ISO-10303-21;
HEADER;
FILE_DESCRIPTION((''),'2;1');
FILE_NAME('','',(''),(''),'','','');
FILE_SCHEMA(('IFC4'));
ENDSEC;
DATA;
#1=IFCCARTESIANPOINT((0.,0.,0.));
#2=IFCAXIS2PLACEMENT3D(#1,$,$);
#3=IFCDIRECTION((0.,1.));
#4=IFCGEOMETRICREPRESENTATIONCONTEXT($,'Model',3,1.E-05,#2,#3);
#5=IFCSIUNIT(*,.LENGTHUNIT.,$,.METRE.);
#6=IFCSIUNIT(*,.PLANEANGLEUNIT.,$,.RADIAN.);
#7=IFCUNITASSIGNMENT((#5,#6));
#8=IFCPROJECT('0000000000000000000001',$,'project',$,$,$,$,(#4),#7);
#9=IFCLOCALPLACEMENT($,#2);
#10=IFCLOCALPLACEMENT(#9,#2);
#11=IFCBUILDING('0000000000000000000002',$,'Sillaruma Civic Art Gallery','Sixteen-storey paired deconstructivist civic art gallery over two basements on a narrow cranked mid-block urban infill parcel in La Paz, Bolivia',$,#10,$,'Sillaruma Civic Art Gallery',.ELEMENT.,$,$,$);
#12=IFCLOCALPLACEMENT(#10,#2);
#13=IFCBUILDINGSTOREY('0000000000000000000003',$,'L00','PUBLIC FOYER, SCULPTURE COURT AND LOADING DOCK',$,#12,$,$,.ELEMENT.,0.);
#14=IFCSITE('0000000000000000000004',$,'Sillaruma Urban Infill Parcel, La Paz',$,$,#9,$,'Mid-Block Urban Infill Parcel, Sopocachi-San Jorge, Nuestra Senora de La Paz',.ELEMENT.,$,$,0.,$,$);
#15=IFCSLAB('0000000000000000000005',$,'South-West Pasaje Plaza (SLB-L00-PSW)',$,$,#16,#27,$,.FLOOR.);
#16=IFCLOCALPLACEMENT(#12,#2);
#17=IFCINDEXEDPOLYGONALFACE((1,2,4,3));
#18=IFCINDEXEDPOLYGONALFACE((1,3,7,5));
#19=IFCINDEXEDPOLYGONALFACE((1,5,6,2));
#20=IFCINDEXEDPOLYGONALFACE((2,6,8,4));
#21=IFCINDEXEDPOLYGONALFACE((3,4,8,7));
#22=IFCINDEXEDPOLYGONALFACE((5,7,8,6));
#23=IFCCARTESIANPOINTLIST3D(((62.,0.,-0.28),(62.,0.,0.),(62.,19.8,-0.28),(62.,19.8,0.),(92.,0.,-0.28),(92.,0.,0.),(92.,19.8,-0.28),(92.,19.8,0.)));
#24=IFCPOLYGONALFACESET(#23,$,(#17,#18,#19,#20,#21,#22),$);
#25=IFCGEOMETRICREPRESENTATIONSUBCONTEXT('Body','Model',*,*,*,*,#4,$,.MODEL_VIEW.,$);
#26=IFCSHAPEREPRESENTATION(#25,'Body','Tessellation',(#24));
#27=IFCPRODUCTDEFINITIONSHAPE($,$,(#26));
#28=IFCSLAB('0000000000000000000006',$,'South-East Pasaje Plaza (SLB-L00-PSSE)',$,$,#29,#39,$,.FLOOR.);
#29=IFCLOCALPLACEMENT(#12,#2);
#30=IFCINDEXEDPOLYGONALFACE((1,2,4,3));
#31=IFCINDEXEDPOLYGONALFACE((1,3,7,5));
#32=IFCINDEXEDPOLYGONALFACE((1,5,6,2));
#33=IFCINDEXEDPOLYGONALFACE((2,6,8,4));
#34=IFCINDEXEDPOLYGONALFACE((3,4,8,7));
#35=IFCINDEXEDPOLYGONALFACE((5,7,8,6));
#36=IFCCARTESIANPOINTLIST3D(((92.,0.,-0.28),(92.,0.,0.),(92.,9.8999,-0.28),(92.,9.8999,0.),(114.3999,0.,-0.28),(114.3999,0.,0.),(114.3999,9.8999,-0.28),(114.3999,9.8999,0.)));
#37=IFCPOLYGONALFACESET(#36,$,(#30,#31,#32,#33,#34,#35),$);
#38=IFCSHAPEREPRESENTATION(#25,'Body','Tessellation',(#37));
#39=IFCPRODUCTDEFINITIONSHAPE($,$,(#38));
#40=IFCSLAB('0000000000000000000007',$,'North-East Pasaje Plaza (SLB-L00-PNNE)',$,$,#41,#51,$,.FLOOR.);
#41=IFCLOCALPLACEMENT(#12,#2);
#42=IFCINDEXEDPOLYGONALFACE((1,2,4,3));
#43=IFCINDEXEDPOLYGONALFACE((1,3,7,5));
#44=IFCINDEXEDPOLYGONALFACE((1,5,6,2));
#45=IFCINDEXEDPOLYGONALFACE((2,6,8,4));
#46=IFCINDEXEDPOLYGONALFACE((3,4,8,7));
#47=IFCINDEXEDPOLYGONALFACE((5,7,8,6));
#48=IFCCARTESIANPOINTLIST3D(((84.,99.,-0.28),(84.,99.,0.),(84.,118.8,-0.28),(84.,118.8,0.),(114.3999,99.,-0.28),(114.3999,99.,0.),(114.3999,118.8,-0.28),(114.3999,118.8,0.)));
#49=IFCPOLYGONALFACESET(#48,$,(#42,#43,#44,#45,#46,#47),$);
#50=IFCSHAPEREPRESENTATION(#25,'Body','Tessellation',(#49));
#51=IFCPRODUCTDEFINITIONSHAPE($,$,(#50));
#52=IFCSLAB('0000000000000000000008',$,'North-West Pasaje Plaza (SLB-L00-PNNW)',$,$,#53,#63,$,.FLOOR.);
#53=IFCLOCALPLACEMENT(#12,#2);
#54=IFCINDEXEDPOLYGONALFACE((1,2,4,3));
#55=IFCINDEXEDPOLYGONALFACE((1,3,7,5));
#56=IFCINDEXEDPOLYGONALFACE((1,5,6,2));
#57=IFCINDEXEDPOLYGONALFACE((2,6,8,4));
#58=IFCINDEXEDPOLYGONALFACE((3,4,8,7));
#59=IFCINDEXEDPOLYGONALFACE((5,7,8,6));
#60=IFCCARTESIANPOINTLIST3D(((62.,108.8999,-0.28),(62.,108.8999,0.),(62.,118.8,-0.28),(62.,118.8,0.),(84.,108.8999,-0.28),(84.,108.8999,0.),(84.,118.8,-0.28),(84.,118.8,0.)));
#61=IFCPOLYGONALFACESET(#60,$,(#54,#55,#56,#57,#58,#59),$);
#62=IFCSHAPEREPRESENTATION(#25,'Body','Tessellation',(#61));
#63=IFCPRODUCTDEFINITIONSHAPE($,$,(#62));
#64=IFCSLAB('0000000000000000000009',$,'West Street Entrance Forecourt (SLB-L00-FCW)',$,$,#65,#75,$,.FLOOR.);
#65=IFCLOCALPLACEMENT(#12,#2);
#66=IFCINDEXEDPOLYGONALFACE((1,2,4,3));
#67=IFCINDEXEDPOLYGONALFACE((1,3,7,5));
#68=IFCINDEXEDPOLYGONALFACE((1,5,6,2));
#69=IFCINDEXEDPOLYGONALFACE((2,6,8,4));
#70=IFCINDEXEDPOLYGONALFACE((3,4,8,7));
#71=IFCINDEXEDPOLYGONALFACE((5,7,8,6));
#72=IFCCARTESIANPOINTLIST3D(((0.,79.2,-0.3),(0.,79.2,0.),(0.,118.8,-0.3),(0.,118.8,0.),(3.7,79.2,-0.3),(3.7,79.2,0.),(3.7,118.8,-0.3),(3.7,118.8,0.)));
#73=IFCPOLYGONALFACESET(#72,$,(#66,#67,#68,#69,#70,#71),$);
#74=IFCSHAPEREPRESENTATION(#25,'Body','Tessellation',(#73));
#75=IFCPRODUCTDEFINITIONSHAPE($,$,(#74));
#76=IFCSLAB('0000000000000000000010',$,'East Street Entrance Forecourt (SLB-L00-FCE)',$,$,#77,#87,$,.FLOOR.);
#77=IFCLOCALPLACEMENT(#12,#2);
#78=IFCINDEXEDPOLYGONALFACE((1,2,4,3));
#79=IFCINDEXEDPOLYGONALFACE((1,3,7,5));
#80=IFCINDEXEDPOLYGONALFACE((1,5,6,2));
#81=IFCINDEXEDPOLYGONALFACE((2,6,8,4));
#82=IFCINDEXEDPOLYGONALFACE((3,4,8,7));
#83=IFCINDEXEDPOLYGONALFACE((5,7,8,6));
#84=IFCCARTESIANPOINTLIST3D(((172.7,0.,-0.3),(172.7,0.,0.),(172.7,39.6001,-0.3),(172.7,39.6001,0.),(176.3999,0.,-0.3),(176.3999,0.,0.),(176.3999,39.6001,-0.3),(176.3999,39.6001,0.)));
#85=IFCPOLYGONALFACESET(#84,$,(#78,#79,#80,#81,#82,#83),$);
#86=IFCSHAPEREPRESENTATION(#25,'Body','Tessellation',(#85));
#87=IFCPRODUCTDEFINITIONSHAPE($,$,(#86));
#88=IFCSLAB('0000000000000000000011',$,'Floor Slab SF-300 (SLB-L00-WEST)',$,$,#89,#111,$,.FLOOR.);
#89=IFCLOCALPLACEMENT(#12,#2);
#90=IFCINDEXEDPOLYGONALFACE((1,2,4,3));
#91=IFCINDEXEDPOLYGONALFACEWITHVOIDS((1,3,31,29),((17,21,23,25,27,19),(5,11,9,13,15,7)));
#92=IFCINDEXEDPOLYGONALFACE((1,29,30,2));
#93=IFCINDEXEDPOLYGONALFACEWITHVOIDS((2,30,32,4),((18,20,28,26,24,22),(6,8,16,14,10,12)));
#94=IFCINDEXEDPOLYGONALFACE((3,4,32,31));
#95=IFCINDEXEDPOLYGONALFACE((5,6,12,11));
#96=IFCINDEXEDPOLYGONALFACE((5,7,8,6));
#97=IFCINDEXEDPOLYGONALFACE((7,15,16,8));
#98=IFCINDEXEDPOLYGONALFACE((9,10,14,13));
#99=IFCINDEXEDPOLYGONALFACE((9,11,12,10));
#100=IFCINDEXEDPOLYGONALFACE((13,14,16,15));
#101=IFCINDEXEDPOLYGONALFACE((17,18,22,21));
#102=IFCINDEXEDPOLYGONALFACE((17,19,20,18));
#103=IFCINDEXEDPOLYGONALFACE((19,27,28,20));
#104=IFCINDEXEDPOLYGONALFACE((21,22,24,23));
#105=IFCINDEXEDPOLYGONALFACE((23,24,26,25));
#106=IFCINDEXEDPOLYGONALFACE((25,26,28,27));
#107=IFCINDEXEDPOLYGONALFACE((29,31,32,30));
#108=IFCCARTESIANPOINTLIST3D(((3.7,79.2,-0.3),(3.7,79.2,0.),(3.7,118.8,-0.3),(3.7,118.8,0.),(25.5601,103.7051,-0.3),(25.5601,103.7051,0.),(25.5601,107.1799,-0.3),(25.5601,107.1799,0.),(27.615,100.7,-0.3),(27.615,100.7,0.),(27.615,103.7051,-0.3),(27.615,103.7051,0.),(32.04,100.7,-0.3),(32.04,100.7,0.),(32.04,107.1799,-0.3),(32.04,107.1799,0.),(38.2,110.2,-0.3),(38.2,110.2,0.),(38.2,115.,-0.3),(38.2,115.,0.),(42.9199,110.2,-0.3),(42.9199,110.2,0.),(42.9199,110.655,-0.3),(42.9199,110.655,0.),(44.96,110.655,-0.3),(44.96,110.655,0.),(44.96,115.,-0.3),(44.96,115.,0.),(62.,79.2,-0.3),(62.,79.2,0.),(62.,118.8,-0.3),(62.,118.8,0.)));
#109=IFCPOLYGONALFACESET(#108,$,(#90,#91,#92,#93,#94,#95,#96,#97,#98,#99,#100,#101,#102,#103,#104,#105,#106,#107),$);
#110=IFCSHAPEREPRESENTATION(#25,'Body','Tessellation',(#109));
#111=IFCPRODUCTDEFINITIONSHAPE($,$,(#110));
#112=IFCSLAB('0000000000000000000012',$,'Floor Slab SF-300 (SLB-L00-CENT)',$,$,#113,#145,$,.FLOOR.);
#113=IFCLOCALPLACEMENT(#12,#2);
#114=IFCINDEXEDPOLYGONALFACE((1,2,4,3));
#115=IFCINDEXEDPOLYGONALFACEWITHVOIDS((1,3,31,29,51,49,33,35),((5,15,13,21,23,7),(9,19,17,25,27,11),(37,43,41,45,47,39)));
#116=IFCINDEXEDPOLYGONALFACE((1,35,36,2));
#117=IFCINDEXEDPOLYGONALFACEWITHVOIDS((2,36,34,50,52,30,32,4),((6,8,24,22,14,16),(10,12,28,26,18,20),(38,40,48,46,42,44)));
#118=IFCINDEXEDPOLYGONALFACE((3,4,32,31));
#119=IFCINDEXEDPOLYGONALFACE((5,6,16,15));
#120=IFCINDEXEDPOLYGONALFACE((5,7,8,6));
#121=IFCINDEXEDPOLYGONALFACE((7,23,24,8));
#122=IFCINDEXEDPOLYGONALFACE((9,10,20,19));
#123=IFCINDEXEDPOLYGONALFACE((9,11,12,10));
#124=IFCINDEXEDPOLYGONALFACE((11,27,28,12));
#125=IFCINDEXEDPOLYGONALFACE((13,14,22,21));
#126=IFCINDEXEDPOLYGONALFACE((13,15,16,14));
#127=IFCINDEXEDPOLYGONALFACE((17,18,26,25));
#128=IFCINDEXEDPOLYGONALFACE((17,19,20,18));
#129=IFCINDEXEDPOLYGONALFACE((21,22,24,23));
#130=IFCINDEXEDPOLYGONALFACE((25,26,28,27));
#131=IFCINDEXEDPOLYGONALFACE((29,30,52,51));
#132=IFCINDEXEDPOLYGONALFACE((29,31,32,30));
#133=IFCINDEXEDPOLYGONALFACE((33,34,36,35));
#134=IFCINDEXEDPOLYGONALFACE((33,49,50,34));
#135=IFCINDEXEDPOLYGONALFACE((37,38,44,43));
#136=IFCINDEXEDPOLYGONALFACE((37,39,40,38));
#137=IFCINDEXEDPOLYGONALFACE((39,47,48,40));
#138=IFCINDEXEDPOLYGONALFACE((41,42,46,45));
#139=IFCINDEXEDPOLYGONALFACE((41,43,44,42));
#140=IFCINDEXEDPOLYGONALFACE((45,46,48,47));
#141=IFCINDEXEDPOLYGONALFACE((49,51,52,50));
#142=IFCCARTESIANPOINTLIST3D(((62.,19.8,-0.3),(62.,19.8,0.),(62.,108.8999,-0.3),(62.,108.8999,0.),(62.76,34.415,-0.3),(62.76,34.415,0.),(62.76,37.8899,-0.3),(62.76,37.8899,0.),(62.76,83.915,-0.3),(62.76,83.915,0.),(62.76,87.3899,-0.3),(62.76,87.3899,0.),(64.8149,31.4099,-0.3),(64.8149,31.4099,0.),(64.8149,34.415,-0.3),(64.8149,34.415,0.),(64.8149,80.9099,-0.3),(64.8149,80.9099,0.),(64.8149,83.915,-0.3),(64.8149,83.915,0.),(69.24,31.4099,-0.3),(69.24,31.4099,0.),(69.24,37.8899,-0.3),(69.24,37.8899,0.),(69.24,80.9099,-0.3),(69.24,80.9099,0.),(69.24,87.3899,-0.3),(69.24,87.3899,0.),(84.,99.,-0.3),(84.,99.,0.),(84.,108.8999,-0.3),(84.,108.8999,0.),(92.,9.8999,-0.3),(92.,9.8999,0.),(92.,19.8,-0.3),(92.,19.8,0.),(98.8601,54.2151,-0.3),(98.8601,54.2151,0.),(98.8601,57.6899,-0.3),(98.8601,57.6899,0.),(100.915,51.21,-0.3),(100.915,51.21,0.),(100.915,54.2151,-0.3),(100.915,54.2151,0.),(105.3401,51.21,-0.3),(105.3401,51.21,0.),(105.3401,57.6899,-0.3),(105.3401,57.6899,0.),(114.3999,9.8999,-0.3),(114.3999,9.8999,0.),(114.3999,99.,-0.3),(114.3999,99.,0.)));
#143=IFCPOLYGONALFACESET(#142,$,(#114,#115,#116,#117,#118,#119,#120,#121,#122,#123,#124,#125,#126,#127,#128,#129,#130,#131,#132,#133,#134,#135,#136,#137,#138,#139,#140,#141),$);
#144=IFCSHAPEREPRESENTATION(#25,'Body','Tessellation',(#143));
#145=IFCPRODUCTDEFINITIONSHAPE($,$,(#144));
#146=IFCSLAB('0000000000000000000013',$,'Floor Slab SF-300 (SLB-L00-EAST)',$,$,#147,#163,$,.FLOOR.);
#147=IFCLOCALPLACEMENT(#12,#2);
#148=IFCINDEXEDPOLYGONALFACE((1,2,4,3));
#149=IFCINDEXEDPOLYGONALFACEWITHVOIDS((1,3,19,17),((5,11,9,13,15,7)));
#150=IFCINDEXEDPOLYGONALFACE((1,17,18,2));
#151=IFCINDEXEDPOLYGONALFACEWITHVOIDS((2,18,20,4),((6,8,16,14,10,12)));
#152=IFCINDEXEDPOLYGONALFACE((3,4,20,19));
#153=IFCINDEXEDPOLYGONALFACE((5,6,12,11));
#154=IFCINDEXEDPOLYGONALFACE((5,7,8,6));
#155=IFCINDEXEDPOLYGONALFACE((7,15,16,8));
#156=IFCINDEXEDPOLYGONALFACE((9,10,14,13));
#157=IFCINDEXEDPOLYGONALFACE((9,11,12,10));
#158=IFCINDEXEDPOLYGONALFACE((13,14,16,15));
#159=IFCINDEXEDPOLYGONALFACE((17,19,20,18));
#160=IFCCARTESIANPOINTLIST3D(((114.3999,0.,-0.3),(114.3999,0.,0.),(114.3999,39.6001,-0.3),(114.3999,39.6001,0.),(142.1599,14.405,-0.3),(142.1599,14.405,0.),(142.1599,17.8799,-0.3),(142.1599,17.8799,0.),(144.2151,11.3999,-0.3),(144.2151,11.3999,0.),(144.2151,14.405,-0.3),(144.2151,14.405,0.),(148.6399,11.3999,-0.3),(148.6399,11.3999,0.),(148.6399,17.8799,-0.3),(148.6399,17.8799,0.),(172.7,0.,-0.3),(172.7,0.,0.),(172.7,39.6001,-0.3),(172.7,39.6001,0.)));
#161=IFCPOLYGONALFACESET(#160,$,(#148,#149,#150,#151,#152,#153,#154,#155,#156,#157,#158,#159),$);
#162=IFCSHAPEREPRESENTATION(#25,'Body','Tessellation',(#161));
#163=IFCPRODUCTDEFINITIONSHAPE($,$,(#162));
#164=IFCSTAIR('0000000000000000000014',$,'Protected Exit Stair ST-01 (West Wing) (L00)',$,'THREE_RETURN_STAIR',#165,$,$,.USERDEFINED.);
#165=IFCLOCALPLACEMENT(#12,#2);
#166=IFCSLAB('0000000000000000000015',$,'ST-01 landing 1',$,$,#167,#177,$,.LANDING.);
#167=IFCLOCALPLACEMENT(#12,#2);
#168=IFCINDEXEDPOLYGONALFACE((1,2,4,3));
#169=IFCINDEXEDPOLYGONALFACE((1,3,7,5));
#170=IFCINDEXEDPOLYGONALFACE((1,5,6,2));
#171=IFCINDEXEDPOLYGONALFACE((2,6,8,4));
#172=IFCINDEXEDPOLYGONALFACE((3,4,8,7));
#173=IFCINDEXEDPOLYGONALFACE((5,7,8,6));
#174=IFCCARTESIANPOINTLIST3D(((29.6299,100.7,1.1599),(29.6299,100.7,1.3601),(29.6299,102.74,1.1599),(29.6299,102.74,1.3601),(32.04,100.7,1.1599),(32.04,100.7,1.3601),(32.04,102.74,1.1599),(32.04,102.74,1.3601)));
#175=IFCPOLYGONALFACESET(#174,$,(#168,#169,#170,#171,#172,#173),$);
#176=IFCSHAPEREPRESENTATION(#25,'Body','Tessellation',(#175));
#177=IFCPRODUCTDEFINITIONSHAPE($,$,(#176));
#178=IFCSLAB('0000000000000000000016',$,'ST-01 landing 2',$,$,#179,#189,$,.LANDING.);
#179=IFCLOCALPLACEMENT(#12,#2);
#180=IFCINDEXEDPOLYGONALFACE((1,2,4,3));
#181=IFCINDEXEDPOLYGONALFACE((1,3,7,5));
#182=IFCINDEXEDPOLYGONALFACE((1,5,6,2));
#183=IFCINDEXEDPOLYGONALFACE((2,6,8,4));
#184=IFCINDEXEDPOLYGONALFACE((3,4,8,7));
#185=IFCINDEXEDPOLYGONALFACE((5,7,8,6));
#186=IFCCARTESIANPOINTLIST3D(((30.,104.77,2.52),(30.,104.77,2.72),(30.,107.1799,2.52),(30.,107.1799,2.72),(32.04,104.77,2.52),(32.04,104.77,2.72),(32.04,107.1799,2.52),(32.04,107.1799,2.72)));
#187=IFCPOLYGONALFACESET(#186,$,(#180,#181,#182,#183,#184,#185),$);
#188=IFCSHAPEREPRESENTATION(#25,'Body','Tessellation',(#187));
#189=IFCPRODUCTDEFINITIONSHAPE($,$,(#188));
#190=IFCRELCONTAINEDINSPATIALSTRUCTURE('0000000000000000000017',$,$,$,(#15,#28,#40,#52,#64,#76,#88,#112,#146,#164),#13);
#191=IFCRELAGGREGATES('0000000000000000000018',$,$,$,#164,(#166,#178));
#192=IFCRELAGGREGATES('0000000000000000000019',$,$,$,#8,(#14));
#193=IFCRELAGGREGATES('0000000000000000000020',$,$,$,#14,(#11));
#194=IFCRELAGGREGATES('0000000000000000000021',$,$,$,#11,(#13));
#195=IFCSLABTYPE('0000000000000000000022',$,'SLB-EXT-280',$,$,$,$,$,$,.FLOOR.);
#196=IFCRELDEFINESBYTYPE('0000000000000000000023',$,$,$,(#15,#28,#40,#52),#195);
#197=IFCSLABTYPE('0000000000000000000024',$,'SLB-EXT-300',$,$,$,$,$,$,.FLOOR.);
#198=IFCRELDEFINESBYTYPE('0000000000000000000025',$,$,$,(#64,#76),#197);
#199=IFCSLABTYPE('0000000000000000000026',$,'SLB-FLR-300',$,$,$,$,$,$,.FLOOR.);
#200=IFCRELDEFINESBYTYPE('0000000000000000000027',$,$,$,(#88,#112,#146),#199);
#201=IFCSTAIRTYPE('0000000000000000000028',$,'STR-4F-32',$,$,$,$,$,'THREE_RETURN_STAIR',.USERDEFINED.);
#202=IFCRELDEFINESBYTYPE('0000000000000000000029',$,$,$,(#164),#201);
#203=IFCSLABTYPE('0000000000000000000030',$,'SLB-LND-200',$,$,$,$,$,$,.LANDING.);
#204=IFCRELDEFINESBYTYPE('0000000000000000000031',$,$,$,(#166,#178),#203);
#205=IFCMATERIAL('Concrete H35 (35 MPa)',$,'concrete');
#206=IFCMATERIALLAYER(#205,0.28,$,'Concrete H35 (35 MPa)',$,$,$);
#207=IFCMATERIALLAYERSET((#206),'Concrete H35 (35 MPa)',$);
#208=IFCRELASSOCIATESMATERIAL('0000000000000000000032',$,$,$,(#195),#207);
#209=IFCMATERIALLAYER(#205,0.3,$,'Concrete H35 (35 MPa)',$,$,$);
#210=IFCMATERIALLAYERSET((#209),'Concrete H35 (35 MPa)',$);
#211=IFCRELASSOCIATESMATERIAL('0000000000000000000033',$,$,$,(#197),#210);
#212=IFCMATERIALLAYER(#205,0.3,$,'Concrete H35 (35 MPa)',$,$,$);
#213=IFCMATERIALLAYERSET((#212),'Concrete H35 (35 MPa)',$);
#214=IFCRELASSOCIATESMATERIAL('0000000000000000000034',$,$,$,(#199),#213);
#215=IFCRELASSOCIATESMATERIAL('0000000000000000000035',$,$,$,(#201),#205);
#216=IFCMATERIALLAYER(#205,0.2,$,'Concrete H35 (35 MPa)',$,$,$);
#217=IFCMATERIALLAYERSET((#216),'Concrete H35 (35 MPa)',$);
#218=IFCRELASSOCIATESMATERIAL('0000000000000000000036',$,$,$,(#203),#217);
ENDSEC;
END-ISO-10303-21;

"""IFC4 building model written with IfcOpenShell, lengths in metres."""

from ifc_helpers import new_model, si_unit, direction, frame, origin, place, context, subcontext, project, spatial, polyline, outline, extrude, material, layer, layer_set, type_object, element, aggregate, save


model = new_model("IFC4")

# Units and contexts
model_context = context("Model", 3, precision=1e-05, world=origin(), true_north=direction((0.0, 1.0)))
body_context = subcontext(model_context, "Body", "Model", "MODEL_VIEW")
ifc_project = project(units=[si_unit("LENGTHUNIT", "METRE"), si_unit("PLANEANGLEUNIT", "RADIAN")], contexts=[model_context])

# Site, building, storey
site_placement = place(None, origin())
site = spatial("IfcSite", under=ifc_project, at=site_placement, Name="Sillaruma Urban Infill Parcel, La Paz", LongName="Mid-Block Urban Infill Parcel, Sopocachi-San Jorge, Nuestra Senora de La Paz", CompositionType="ELEMENT", RefElevation=0.0)
building_placement = place(site_placement, origin())
building = spatial("IfcBuilding", under=site, at=building_placement, Name="Sillaruma Civic Art Gallery", Description="Sixteen-storey paired deconstructivist civic art gallery over two basements on a narrow cranked mid-block urban infill parcel in La Paz, Bolivia", LongName="Sillaruma Civic Art Gallery", CompositionType="ELEMENT")
storey_placement = place(building_placement, origin())
storey = spatial("IfcBuildingStorey", under=building, at=storey_placement, Name="L00", Description="PUBLIC FOYER, SCULPTURE COURT AND LOADING DOCK", CompositionType="ELEMENT", Elevation=0.0)

# Slabs
ifc_material = material(Name="Concrete H35 (35 MPa)", Category="concrete")
ifc_layer_1 = layer(ifc_material, 0.28, Name="Concrete H35 (35 MPa)")
ifc_layer_set_1 = layer_set([ifc_layer_1], Name="Concrete H35 (35 MPa)")
slab_type_1 = type_object("IfcSlabType", Name="SLB-EXT-280", PredefinedType="FLOOR", material=ifc_layer_set_1)
slab_1_placement = place(storey_placement, frame((0.0, 0.0, -0.28)))
element("IfcSlab", 1, at=slab_1_placement, inside=storey, type_object=slab_type_1, Name="South-West Pasaje Plaza (SLB-L00-PSW)", PredefinedType="FLOOR", context=body_context, shape_type="SweptSolid", body=[
    extrude(outline(polyline([(62.0, 0.0), (92.0, 0.0), (92.0, 19.8), (62.0, 19.8), (62.0, 0.0)])), origin(), (0.0, 0.0, 1.0), 0.28),
])
slab_2_placement = place(storey_placement, frame((0.0, 0.0, -0.28)))
element("IfcSlab", 2, at=slab_2_placement, inside=storey, type_object=slab_type_1, Name="South-East Pasaje Plaza (SLB-L00-PSSE)", PredefinedType="FLOOR", context=body_context, shape_type="SweptSolid", body=[
    extrude(outline(polyline([(92.0, 0.0), (114.3999, 0.0), (114.3999, 9.8999), (92.0, 9.8999), (92.0, 0.0)])), origin(), (0.0, 0.0, 1.0), 0.28),
])
slab_3_placement = place(storey_placement, frame((0.0, 0.0, -0.28)))
element("IfcSlab", 3, at=slab_3_placement, inside=storey, type_object=slab_type_1, Name="North-East Pasaje Plaza (SLB-L00-PNNE)", PredefinedType="FLOOR", context=body_context, shape_type="SweptSolid", body=[
    extrude(outline(polyline([(84.0, 99.0), (114.3999, 99.0), (114.3999, 118.8), (84.0, 118.8), (84.0, 99.0)])), origin(), (0.0, 0.0, 1.0), 0.28),
])
slab_4_placement = place(storey_placement, frame((0.0, 0.0, -0.28)))
element("IfcSlab", 4, at=slab_4_placement, inside=storey, type_object=slab_type_1, Name="North-West Pasaje Plaza (SLB-L00-PNNW)", PredefinedType="FLOOR", context=body_context, shape_type="SweptSolid", body=[
    extrude(outline(polyline([(62.0, 108.8999), (84.0, 108.8999), (84.0, 118.8), (62.0, 118.8), (62.0, 108.8999)])), origin(), (0.0, 0.0, 1.0), 0.28),
])
ifc_layer_2 = layer(ifc_material, 0.3, Name="Concrete H35 (35 MPa)")
ifc_layer_set_2 = layer_set([ifc_layer_2], Name="Concrete H35 (35 MPa)")
slab_type_2 = type_object("IfcSlabType", Name="SLB-EXT-300", PredefinedType="FLOOR", material=ifc_layer_set_2)
slab_5_placement = place(storey_placement, frame((0.0, 0.0, -0.3)))
element("IfcSlab", 5, at=slab_5_placement, inside=storey, type_object=slab_type_2, Name="West Street Entrance Forecourt (SLB-L00-FCW)", PredefinedType="FLOOR", context=body_context, shape_type="SweptSolid", body=[
    extrude(outline(polyline([(0.0, 79.2), (3.7, 79.2), (3.7, 118.8), (0.0, 118.8), (0.0, 79.2)])), origin(), (0.0, 0.0, 1.0), 0.3),
])
slab_6_placement = place(storey_placement, frame((0.0, 0.0, -0.3)))
element("IfcSlab", 6, at=slab_6_placement, inside=storey, type_object=slab_type_2, Name="East Street Entrance Forecourt (SLB-L00-FCE)", PredefinedType="FLOOR", context=body_context, shape_type="SweptSolid", body=[
    extrude(outline(polyline([(172.7, 0.0), (176.3999, 0.0), (176.3999, 39.6001), (172.7, 39.6001), (172.7, 0.0)])), origin(), (0.0, 0.0, 1.0), 0.3),
])
ifc_layer_3 = layer(ifc_material, 0.3, Name="Concrete H35 (35 MPa)")
ifc_layer_set_3 = layer_set([ifc_layer_3], Name="Concrete H35 (35 MPa)")
slab_type_3 = type_object("IfcSlabType", Name="SLB-FLR-300", PredefinedType="FLOOR", material=ifc_layer_set_3)
slab_7_placement = place(storey_placement, frame((0.0, 0.0, -0.3)))
element("IfcSlab", 7, at=slab_7_placement, inside=storey, type_object=slab_type_3, Name="Floor Slab SF-300 (SLB-L00-WEST)", PredefinedType="FLOOR", context=body_context, shape_type="SweptSolid", body=[
    extrude(outline(polyline([(3.7, 79.2), (62.0, 79.2), (62.0, 118.8), (3.7, 118.8), (3.7, 79.2)]), holes=[polyline([(27.615, 100.7), (32.04, 100.7), (32.04, 107.1799), (25.5601, 107.1799), (25.5601, 103.7051), (27.615, 103.7051), (27.615, 100.7)]), polyline([(38.2, 110.2), (42.9199, 110.2), (42.9199, 110.655), (44.96, 110.655), (44.96, 115.0), (38.2, 115.0), (38.2, 110.2)])]), origin(), (0.0, 0.0, 1.0), 0.3),
])
slab_8_placement = place(storey_placement, frame((0.0, 0.0, -0.3)))
element("IfcSlab", 8, at=slab_8_placement, inside=storey, type_object=slab_type_3, Name="Floor Slab SF-300 (SLB-L00-CENT)", PredefinedType="FLOOR", context=body_context, shape_type="SweptSolid", body=[
    extrude(outline(polyline([(92.0, 9.8999), (114.3999, 9.8999), (114.3999, 99.0), (84.0, 99.0), (84.0, 108.8999), (62.0, 108.8999), (62.0, 19.8), (92.0, 19.8), (92.0, 9.8999)]), holes=[polyline([(64.8149, 80.9099), (69.24, 80.9099), (69.24, 87.3899), (62.76, 87.3899), (62.76, 83.915), (64.8149, 83.915), (64.8149, 80.9099)]), polyline([(64.8149, 31.4099), (69.24, 31.4099), (69.24, 37.8899), (62.76, 37.8899), (62.76, 34.415), (64.8149, 34.415), (64.8149, 31.4099)]), polyline([(100.915, 51.21), (105.3401, 51.21), (105.3401, 57.6899), (98.8601, 57.6899), (98.8601, 54.2151), (100.915, 54.2151), (100.915, 51.21)])]), origin(), (0.0, 0.0, 1.0), 0.3),
])
slab_9_placement = place(storey_placement, frame((0.0, 0.0, -0.3)))
element("IfcSlab", 9, at=slab_9_placement, inside=storey, type_object=slab_type_3, Name="Floor Slab SF-300 (SLB-L00-EAST)", PredefinedType="FLOOR", context=body_context, shape_type="SweptSolid", body=[
    extrude(outline(polyline([(114.3999, 0.0), (172.7, 0.0), (172.7, 39.6001), (114.3999, 39.6001), (114.3999, 0.0)]), holes=[polyline([(144.2151, 11.3999), (148.6399, 11.3999), (148.6399, 17.8799), (142.1599, 17.8799), (142.1599, 14.405), (144.2151, 14.405), (144.2151, 11.3999)])]), origin(), (0.0, 0.0, 1.0), 0.3),
])

# Stair, slabs
stair_type = type_object("IfcStairType", Name="STR-4F-32", ElementType="THREE_RETURN_STAIR", PredefinedType="USERDEFINED", material=ifc_material)
stair_1_placement = place(storey_placement, origin())
stair_1 = element("IfcStair", 10, at=stair_1_placement, inside=storey, type_object=stair_type, Name="Protected Exit Stair ST-01 (West Wing) (L00)", ObjectType="THREE_RETURN_STAIR", PredefinedType="USERDEFINED")
ifc_layer_4 = layer(ifc_material, 0.2, Name="Concrete H35 (35 MPa)")
ifc_layer_set_4 = layer_set([ifc_layer_4], Name="Concrete H35 (35 MPa)")
slab_type_4 = type_object("IfcSlabType", Name="SLB-LND-200", PredefinedType="LANDING", material=ifc_layer_set_4)
slab_10_placement = place(storey_placement, frame((0.0, 0.0, 1.1599)))
slab_10 = element("IfcSlab", 11, at=slab_10_placement, type_object=slab_type_4, Name="ST-01 landing 1", PredefinedType="LANDING", context=body_context, shape_type="SweptSolid", body=[
    extrude(outline(polyline([(29.6299, 100.7), (32.04, 100.7), (32.04, 102.74), (29.6299, 102.74), (29.6299, 100.7)])), origin(), (0.0, 0.0, 1.0), 0.2002),
])
slab_11_placement = place(storey_placement, frame((0.0, 0.0, 2.52)))
slab_11 = element("IfcSlab", 12, at=slab_11_placement, type_object=slab_type_4, Name="ST-01 landing 2", PredefinedType="LANDING", context=body_context, shape_type="SweptSolid", body=[
    extrude(outline(polyline([(30.0, 104.77), (32.04, 104.77), (32.04, 107.1799), (30.0, 107.1799), (30.0, 104.77)])), origin(), (0.0, 0.0, 1.0), 0.2),
])
aggregate(stair_1, [slab_10, slab_11])

save(model, "model.ifc")
